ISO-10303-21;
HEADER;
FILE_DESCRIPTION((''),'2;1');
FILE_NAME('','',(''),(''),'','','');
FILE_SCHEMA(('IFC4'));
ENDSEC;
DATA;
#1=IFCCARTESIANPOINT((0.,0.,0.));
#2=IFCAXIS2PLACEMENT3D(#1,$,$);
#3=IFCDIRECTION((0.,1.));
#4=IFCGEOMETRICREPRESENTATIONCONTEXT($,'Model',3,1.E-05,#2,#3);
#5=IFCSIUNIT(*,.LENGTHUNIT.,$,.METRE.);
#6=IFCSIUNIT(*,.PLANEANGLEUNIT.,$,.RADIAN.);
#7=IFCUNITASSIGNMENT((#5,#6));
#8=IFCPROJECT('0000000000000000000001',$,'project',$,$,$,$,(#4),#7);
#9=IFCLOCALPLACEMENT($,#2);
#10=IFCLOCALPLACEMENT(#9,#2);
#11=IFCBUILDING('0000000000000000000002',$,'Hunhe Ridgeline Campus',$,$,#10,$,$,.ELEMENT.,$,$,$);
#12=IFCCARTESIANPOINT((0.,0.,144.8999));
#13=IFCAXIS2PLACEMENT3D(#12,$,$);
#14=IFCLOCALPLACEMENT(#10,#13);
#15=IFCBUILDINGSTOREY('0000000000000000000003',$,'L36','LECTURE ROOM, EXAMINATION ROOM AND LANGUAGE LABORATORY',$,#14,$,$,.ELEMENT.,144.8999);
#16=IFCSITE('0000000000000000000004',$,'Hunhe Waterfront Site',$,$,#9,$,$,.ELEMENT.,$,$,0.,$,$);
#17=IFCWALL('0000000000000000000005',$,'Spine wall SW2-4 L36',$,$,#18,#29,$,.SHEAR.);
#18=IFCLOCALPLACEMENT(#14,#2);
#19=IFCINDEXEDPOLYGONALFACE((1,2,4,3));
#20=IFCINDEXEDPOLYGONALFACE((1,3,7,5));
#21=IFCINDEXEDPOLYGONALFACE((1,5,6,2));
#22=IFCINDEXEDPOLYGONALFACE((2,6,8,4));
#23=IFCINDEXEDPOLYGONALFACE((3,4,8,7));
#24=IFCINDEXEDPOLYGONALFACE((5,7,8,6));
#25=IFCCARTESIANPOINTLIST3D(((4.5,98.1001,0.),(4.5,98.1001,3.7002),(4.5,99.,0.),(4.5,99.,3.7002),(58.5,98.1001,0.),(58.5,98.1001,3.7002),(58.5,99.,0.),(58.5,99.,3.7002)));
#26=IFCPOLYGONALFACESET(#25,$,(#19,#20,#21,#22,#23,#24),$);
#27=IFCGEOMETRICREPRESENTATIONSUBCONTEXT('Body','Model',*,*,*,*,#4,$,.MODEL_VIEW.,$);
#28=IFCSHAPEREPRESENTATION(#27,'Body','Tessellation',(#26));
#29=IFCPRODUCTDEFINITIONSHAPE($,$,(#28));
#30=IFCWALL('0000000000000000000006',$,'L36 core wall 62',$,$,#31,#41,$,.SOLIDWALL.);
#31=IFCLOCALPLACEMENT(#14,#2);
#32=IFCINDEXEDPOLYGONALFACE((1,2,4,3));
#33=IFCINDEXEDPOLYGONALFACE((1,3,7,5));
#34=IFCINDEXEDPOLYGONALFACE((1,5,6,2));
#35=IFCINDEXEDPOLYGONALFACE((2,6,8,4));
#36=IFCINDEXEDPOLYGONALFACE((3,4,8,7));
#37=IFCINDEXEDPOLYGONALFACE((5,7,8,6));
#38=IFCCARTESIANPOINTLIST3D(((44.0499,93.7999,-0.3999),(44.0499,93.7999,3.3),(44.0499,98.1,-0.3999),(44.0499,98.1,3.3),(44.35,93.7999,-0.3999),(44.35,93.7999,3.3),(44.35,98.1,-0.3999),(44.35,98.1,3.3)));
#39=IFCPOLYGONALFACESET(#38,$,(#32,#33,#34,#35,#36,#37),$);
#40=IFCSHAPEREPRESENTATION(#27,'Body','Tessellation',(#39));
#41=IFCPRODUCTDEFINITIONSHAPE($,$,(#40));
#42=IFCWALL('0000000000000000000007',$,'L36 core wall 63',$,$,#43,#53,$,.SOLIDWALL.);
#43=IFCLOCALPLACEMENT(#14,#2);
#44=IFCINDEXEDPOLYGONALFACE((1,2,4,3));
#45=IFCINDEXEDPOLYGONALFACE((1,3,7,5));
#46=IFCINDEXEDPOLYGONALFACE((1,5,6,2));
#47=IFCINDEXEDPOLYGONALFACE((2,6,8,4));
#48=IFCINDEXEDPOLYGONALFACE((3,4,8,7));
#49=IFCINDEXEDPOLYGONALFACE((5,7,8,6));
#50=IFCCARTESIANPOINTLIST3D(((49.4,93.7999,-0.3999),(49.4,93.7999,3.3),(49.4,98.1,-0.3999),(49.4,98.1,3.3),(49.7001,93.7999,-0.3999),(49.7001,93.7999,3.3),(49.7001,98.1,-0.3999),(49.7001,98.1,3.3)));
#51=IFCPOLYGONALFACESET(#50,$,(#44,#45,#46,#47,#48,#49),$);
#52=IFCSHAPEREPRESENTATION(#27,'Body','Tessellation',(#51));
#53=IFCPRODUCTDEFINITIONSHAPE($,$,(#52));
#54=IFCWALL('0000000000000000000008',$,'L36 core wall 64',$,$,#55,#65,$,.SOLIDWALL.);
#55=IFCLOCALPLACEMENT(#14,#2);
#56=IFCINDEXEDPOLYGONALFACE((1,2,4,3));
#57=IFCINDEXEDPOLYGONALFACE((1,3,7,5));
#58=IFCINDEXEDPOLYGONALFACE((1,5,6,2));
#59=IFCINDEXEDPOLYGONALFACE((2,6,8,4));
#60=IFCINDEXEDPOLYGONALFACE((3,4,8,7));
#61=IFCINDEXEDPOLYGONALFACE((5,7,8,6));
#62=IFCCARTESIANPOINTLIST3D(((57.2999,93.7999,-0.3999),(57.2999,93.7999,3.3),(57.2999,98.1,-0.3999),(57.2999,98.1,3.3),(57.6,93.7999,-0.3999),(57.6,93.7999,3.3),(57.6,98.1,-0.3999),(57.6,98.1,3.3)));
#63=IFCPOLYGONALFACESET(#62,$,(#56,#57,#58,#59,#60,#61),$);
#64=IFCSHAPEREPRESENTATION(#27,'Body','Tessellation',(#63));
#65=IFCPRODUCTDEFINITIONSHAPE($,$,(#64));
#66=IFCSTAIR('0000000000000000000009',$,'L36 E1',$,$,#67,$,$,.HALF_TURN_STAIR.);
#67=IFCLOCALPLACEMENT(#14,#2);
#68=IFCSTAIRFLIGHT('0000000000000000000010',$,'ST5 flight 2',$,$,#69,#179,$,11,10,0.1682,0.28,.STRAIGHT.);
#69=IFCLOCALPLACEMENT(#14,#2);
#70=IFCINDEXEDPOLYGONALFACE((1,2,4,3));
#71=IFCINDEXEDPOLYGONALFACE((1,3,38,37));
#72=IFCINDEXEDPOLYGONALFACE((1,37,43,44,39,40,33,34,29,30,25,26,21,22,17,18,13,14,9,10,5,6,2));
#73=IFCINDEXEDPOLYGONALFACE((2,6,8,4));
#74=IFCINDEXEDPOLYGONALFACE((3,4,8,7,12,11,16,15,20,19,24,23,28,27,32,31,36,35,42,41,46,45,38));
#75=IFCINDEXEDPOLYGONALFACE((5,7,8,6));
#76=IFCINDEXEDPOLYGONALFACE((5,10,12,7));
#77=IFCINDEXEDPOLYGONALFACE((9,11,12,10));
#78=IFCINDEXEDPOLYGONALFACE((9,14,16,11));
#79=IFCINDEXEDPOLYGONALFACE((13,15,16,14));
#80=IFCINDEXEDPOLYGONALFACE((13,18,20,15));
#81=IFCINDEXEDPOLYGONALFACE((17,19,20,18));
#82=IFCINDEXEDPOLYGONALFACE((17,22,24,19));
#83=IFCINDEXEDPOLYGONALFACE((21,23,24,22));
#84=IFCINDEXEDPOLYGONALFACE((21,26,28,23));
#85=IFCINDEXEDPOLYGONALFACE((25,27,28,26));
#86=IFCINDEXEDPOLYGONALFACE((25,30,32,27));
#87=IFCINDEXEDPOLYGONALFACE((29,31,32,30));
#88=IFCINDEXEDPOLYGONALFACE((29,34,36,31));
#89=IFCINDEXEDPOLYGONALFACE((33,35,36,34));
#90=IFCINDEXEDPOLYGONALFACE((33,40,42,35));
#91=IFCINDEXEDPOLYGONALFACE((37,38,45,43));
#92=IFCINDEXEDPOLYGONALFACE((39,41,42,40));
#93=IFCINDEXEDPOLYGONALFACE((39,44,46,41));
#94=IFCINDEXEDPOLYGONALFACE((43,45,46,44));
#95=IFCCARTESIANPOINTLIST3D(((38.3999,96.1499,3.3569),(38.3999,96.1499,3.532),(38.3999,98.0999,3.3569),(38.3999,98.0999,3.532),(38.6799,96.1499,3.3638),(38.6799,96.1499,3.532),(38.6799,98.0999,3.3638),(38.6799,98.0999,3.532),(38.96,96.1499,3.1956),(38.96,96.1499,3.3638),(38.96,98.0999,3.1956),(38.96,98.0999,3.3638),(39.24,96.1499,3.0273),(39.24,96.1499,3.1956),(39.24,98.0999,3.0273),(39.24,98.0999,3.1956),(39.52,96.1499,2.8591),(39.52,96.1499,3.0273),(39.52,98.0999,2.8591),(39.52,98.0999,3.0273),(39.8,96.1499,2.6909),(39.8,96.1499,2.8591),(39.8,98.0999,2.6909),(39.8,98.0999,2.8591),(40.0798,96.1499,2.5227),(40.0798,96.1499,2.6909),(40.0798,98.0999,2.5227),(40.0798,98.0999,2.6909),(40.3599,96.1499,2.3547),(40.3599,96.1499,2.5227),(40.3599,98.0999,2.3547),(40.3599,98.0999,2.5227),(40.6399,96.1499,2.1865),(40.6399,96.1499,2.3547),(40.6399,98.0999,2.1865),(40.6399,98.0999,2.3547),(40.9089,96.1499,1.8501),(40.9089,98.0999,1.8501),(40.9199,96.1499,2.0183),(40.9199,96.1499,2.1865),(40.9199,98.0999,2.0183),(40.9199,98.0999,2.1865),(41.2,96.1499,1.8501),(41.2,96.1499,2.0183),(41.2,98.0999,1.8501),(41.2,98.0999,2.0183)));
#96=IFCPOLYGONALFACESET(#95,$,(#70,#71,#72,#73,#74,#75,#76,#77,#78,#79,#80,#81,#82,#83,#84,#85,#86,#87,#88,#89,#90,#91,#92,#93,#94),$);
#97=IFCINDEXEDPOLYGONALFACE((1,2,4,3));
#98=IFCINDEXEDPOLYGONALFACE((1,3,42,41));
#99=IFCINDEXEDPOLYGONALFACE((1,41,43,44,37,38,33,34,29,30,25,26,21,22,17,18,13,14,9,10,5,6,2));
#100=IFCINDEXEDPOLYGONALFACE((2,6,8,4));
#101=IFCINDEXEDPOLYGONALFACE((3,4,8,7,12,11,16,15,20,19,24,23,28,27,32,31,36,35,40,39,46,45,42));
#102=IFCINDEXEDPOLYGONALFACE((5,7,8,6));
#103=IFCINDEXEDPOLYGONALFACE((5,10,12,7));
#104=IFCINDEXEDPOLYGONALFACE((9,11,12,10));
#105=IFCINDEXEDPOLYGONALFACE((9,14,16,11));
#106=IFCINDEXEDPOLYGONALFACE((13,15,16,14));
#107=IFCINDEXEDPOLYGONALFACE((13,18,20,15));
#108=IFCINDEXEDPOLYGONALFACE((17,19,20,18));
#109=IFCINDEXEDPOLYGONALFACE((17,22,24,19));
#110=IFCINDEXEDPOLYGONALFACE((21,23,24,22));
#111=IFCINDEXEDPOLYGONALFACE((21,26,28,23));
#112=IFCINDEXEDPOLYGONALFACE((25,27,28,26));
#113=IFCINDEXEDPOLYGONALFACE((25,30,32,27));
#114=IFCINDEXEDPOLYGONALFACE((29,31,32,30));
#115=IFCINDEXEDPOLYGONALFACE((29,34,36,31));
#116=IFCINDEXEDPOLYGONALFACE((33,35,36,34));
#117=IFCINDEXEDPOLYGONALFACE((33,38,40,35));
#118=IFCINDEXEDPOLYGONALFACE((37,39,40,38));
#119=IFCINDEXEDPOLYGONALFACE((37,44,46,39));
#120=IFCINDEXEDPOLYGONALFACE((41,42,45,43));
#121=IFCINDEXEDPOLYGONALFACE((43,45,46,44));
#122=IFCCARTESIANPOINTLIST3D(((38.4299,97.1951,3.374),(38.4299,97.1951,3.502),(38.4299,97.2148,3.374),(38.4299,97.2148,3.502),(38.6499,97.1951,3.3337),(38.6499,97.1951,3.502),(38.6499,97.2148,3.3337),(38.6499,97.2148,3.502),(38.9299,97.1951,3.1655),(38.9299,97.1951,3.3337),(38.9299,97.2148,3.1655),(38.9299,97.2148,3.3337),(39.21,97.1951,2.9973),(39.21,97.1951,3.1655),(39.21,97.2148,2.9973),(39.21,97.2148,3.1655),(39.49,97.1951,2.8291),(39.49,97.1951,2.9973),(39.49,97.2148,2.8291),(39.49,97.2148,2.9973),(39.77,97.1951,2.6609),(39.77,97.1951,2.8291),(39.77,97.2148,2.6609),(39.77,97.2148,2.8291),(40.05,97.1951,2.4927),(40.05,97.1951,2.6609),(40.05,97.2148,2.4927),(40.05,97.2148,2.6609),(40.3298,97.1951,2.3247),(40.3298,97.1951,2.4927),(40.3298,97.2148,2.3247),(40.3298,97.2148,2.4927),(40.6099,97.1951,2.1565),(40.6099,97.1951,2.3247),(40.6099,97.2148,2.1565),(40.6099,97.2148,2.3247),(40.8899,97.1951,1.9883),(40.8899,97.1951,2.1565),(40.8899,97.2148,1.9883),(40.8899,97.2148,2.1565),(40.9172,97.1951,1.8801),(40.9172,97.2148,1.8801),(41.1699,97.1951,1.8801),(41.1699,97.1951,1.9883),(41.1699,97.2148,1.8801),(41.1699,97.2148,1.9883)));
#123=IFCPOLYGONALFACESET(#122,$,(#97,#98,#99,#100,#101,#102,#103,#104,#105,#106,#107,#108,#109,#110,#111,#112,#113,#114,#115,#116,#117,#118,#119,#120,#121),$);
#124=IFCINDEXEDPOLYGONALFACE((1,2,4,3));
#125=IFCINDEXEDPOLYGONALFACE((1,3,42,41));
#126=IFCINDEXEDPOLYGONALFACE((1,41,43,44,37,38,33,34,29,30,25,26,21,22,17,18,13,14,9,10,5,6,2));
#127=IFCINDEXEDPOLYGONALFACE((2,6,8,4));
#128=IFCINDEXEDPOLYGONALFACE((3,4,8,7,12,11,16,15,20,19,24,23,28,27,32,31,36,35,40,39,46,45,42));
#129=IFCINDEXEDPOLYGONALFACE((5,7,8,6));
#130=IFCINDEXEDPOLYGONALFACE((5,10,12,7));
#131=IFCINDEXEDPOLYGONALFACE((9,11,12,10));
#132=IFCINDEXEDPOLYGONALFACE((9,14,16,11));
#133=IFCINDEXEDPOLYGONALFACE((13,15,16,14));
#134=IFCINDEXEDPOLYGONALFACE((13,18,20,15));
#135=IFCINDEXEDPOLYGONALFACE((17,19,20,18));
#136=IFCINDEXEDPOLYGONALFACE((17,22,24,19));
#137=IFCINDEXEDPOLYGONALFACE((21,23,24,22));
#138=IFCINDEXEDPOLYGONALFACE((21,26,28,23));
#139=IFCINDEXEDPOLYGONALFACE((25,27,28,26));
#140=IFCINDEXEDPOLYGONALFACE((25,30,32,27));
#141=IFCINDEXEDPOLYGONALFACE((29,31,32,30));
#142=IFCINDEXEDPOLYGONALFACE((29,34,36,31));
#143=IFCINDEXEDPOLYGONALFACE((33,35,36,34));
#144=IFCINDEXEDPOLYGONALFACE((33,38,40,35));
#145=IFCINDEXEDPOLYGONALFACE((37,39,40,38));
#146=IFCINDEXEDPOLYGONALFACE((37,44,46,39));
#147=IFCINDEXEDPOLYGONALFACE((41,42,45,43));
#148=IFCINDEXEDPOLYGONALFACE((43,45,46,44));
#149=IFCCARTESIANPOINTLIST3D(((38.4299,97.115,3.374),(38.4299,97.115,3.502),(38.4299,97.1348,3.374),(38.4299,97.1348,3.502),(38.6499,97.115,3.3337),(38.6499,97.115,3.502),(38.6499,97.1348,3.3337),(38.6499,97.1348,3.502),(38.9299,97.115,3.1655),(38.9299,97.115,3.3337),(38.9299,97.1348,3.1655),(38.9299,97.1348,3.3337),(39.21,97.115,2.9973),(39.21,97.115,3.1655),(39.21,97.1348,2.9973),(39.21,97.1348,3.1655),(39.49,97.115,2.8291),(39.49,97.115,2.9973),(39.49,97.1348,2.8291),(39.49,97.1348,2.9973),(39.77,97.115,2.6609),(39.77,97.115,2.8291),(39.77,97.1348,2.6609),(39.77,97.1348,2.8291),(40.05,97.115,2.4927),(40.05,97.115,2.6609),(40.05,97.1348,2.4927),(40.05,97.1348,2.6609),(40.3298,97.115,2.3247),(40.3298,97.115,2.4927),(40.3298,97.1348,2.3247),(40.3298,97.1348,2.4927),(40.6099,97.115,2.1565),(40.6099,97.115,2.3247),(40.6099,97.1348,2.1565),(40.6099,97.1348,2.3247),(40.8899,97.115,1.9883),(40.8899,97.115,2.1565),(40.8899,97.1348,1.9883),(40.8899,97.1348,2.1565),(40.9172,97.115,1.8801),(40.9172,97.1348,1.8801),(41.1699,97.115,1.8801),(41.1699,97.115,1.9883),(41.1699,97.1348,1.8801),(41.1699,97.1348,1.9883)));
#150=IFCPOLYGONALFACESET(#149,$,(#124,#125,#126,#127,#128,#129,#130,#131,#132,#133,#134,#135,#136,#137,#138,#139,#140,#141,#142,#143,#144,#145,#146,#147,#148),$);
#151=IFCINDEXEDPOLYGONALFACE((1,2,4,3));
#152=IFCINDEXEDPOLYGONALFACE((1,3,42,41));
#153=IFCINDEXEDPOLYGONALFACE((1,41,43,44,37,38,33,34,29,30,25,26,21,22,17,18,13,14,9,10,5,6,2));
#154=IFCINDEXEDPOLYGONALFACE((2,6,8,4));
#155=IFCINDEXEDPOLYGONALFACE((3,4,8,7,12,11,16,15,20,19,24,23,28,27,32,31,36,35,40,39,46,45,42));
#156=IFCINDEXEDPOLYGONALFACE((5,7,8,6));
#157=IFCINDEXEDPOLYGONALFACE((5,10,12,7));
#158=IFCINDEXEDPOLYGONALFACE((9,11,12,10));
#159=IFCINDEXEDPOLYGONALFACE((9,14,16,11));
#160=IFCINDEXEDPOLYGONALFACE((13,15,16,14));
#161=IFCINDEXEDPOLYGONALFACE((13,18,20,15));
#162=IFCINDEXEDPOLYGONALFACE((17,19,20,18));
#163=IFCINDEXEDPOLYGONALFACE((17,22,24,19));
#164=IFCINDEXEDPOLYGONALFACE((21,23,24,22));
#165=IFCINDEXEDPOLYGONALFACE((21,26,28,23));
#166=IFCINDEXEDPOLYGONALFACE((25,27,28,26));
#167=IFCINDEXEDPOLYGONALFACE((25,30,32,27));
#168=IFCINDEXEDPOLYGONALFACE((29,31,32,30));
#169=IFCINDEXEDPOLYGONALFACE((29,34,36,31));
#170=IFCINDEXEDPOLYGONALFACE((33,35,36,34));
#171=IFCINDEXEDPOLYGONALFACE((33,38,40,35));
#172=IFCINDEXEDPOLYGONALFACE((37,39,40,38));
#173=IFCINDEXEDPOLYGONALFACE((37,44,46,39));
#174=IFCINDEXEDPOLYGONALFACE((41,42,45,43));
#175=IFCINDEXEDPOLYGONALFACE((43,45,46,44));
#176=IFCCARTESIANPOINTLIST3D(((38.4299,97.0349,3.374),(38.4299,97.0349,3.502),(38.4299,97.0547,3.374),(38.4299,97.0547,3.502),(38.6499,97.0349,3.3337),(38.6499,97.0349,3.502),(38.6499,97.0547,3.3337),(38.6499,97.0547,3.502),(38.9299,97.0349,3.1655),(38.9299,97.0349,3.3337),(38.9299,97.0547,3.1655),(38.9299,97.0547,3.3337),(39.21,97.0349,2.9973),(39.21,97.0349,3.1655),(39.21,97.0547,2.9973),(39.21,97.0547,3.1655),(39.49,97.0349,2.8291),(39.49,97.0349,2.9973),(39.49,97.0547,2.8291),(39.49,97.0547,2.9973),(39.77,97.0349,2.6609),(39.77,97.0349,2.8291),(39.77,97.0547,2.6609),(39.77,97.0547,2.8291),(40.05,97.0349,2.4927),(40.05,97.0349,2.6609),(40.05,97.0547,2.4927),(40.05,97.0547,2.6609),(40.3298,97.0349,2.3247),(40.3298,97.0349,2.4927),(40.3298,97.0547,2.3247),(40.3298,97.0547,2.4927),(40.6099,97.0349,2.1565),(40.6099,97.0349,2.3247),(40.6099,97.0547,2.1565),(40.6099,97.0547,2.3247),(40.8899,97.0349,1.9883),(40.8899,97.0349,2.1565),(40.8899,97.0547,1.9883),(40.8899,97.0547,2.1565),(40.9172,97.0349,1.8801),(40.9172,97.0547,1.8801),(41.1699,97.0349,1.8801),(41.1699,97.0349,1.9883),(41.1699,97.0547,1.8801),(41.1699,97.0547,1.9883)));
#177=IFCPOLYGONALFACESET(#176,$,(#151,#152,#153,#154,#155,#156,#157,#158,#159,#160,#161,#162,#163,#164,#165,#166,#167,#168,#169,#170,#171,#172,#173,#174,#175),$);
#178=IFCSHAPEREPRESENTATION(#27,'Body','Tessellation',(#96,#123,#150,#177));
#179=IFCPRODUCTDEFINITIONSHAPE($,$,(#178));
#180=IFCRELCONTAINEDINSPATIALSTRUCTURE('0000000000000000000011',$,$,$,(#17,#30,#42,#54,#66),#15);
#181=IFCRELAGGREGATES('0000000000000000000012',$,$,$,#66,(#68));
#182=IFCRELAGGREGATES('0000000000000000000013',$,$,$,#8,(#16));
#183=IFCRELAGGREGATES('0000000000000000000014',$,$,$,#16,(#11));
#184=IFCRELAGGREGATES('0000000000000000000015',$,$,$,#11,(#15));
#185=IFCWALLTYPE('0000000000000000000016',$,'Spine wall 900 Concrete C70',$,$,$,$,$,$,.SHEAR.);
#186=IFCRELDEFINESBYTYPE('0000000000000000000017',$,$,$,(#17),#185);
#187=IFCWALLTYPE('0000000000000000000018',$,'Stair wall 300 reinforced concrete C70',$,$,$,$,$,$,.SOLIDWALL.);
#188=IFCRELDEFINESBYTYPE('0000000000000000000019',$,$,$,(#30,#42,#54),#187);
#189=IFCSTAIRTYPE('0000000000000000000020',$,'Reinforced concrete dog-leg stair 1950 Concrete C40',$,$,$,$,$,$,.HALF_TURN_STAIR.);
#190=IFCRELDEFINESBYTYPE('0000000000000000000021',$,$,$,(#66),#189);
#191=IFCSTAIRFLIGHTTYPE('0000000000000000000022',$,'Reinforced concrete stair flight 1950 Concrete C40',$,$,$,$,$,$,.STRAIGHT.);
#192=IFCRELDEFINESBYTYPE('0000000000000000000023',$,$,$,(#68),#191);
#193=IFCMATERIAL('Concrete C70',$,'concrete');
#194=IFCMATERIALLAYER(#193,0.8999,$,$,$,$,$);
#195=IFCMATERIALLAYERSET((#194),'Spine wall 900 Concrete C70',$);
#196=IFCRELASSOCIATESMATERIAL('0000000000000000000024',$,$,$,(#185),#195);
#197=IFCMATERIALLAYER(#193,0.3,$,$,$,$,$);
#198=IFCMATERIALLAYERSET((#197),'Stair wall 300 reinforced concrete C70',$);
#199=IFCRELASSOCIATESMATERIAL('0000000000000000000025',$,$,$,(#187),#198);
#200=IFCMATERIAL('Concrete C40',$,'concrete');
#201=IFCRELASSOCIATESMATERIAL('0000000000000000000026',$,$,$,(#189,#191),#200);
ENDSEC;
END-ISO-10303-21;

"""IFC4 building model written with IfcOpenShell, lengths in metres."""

from ifc_helpers import new_model, si_unit, direction, frame, frame_2d, origin, place, context, subcontext, project, spatial, polyline, rectangle, outline, extrude, material, layer, layer_set, type_object, element, aggregate, save


model = new_model("IFC4")

# Units and contexts
model_context = context("Model", 3, precision=1e-05, world=origin(), true_north=direction((0.0, 1.0)))
body_context = subcontext(model_context, "Body", "Model", "MODEL_VIEW")
ifc_project = project(units=[si_unit("LENGTHUNIT", "METRE"), si_unit("PLANEANGLEUNIT", "RADIAN")], contexts=[model_context])

# Site, building, storey
site_placement = place(None, origin())
site = spatial("IfcSite", under=ifc_project, at=site_placement, Name="Hunhe Waterfront Site", CompositionType="ELEMENT", RefElevation=0.0)
building_placement = place(site_placement, origin())
building = spatial("IfcBuilding", under=site, at=building_placement, Name="Hunhe Ridgeline Campus", CompositionType="ELEMENT")
storey_placement = place(building_placement, frame((0.0, 0.0, 144.8999)))
storey = spatial("IfcBuildingStorey", under=building, at=storey_placement, Name="L36", Description="LECTURE ROOM, EXAMINATION ROOM AND LANGUAGE LABORATORY", CompositionType="ELEMENT", Elevation=144.8999)

# Shared definitions
ifc_material_1 = material(Name="Concrete C70", Category="concrete")

# Wall
ifc_layer_1 = layer(ifc_material_1, 0.8999)
ifc_layer_set_1 = layer_set([ifc_layer_1], Name="Spine wall 900 Concrete C70")
wall_type_1 = type_object("IfcWallType", Name="Spine wall 900 Concrete C70", PredefinedType="SHEAR", material=ifc_layer_set_1)
wall_1_placement = place(storey_placement, frame((58.5, 98.55, 0.0), z_axis=(0.0, 0.0, 1.0), x_axis=(-1.0, 0.0, 0.0)))
element("IfcWall", 1, at=wall_1_placement, inside=storey, type_object=wall_type_1, Name="Spine wall SW2-4 L36", PredefinedType="SHEAR", context=body_context, shape_type="SweptSolid", body=[
    extrude(rectangle(XDim=54.0, YDim=0.8999, at=frame_2d((27.0, 0.0))), origin(), (0.0, 0.0, 1.0), 3.7002),
])

# Shared definitions
ifc_layer_2 = layer(ifc_material_1, 0.3)
ifc_layer_set_2 = layer_set([ifc_layer_2], Name="Stair wall 300 reinforced concrete C70")
wall_type_2 = type_object("IfcWallType", Name="Stair wall 300 reinforced concrete C70", PredefinedType="SOLIDWALL", material=ifc_layer_set_2)

# Walls
for number, where, z_axis, x_axis, name in (
    (2, (44.2, 93.8, -0.3999), (0.0, 0.0, 1.0), (0.0, 1.0, 0.0), "L36 core wall 62"),
    (3, (49.55, 93.8, -0.3999), (0.0, 0.0, 1.0), (0.0, 1.0, 0.0), "L36 core wall 63"),
    (4, (57.45, 93.8, -0.3999), (0.0, 0.0, 1.0), (0.0, 1.0, 0.0), "L36 core wall 64"),
):
    element("IfcWall", number, at=place(storey_placement, frame(where, z_axis=z_axis, x_axis=x_axis)), inside=storey, type_object=wall_type_2, Name=name, PredefinedType="SOLIDWALL", context=body_context, shape_type="SweptSolid", body=[
        extrude(rectangle(XDim=4.3, YDim=0.3, at=frame_2d((2.1499, 0.0))), origin(), (0.0, 0.0, 1.0), 3.7),
    ])

# Stair, stair flight
ifc_material_2 = material(Name="Concrete C40", Category="concrete")
stair_type = type_object("IfcStairType", Name="Reinforced concrete dog-leg stair 1950 Concrete C40", PredefinedType="HALF_TURN_STAIR", material=ifc_material_2)
stair_1_placement = place(storey_placement, origin())
stair_1 = element("IfcStair", 5, at=stair_1_placement, inside=storey, type_object=stair_type, Name="L36 E1", PredefinedType="HALF_TURN_STAIR")
stair_flight_type = type_object("IfcStairFlightType", Name="Reinforced concrete stair flight 1950 Concrete C40", PredefinedType="STRAIGHT", material=ifc_material_2)
stair_flight_1_placement = place(storey_placement, frame((41.2, 97.125, 1.8501), z_axis=(0.0, 0.0, 1.0), x_axis=(-1.0, 0.0, 0.0)))
stair_flight_1 = element("IfcStairFlight", 6, at=stair_flight_1_placement, type_object=stair_flight_type, Name="ST5 flight 2", NumberOfRisers=11, NumberOfTreads=10, PredefinedType="STRAIGHT", RiserHeight=0.1682, TreadLength=0.28, context=body_context, shape_type="SweptSolid", body=[
    extrude(outline(polyline([(0.0, 0.0), (0.0, 0.1682), (0.28, 0.1682), (0.28, 0.3364), (0.5601, 0.3364), (0.5601, 0.5046), (0.8401, 0.5046), (0.8401, 0.6726), (1.1201, 0.6726), (1.1201, 0.8408), (1.3999, 0.8408), (1.3999, 1.009), (1.6799, 1.009), (1.6799, 1.1772), (1.96, 1.1772), (1.96, 1.3455), (2.24, 1.3455), (2.24, 1.5137), (2.52, 1.5137), (2.52, 1.6819), (2.8, 1.6819), (2.8, 1.8501), (2.8, 1.5068), (0.291, 0.0), (0.0, 0.0)])), frame((0.0, 0.9751, 0.0), z_axis=(0.0, -1.0, 0.0), x_axis=(1.0, 0.0, 0.0)), (0.0, 0.0, 1.0), 1.95),
    extrude(outline(polyline([(0.03, 0.03), (0.03, 0.1382), (0.3101, 0.1382), (0.3101, 0.3064), (0.5901, 0.3064), (0.5901, 0.4746), (0.8701, 0.4746), (0.8701, 0.6426), (1.1499, 0.6426), (1.1499, 0.8108), (1.4299, 0.8108), (1.4299, 0.979), (1.71, 0.979), (1.71, 1.1472), (1.99, 1.1472), (1.99, 1.3154), (2.27, 1.3154), (2.27, 1.4836), (2.55, 1.4836), (2.55, 1.6519), (2.77, 1.6519), (2.77, 1.5239), (0.2827, 0.03), (0.03, 0.03)])), frame((0.0, -0.0701, 0.0), z_axis=(0.0, -1.0, 0.0), x_axis=(1.0, 0.0, 0.0)), (0.0, 0.0, 1.0), 0.0198),
    extrude(outline(polyline([(0.03, 0.03), (0.03, 0.1382), (0.3101, 0.1382), (0.3101, 0.3064), (0.5901, 0.3064), (0.5901, 0.4746), (0.8701, 0.4746), (0.8701, 0.6426), (1.1499, 0.6426), (1.1499, 0.8108), (1.4299, 0.8108), (1.4299, 0.979), (1.71, 0.979), (1.71, 1.1472), (1.99, 1.1472), (1.99, 1.3154), (2.27, 1.3154), (2.27, 1.4836), (2.55, 1.4836), (2.55, 1.6519), (2.77, 1.6519), (2.77, 1.5239), (0.2827, 0.03), (0.03, 0.03)])), frame((0.0, 0.01, 0.0), z_axis=(0.0, -1.0, 0.0), x_axis=(1.0, 0.0, 0.0)), (0.0, 0.0, 1.0), 0.0198),
    extrude(outline(polyline([(0.03, 0.03), (0.03, 0.1382), (0.3101, 0.1382), (0.3101, 0.3064), (0.5901, 0.3064), (0.5901, 0.4746), (0.8701, 0.4746), (0.8701, 0.6426), (1.1499, 0.6426), (1.1499, 0.8108), (1.4299, 0.8108), (1.4299, 0.979), (1.71, 0.979), (1.71, 1.1472), (1.99, 1.1472), (1.99, 1.3154), (2.27, 1.3154), (2.27, 1.4836), (2.55, 1.4836), (2.55, 1.6519), (2.77, 1.6519), (2.77, 1.5239), (0.2827, 0.03), (0.03, 0.03)])), frame((0.0, 0.0901, 0.0), z_axis=(0.0, -1.0, 0.0), x_axis=(1.0, 0.0, 0.0)), (0.0, 0.0, 1.0), 0.0198),
])
aggregate(stair_1, [stair_flight_1])

save(model, "model.ifc")
